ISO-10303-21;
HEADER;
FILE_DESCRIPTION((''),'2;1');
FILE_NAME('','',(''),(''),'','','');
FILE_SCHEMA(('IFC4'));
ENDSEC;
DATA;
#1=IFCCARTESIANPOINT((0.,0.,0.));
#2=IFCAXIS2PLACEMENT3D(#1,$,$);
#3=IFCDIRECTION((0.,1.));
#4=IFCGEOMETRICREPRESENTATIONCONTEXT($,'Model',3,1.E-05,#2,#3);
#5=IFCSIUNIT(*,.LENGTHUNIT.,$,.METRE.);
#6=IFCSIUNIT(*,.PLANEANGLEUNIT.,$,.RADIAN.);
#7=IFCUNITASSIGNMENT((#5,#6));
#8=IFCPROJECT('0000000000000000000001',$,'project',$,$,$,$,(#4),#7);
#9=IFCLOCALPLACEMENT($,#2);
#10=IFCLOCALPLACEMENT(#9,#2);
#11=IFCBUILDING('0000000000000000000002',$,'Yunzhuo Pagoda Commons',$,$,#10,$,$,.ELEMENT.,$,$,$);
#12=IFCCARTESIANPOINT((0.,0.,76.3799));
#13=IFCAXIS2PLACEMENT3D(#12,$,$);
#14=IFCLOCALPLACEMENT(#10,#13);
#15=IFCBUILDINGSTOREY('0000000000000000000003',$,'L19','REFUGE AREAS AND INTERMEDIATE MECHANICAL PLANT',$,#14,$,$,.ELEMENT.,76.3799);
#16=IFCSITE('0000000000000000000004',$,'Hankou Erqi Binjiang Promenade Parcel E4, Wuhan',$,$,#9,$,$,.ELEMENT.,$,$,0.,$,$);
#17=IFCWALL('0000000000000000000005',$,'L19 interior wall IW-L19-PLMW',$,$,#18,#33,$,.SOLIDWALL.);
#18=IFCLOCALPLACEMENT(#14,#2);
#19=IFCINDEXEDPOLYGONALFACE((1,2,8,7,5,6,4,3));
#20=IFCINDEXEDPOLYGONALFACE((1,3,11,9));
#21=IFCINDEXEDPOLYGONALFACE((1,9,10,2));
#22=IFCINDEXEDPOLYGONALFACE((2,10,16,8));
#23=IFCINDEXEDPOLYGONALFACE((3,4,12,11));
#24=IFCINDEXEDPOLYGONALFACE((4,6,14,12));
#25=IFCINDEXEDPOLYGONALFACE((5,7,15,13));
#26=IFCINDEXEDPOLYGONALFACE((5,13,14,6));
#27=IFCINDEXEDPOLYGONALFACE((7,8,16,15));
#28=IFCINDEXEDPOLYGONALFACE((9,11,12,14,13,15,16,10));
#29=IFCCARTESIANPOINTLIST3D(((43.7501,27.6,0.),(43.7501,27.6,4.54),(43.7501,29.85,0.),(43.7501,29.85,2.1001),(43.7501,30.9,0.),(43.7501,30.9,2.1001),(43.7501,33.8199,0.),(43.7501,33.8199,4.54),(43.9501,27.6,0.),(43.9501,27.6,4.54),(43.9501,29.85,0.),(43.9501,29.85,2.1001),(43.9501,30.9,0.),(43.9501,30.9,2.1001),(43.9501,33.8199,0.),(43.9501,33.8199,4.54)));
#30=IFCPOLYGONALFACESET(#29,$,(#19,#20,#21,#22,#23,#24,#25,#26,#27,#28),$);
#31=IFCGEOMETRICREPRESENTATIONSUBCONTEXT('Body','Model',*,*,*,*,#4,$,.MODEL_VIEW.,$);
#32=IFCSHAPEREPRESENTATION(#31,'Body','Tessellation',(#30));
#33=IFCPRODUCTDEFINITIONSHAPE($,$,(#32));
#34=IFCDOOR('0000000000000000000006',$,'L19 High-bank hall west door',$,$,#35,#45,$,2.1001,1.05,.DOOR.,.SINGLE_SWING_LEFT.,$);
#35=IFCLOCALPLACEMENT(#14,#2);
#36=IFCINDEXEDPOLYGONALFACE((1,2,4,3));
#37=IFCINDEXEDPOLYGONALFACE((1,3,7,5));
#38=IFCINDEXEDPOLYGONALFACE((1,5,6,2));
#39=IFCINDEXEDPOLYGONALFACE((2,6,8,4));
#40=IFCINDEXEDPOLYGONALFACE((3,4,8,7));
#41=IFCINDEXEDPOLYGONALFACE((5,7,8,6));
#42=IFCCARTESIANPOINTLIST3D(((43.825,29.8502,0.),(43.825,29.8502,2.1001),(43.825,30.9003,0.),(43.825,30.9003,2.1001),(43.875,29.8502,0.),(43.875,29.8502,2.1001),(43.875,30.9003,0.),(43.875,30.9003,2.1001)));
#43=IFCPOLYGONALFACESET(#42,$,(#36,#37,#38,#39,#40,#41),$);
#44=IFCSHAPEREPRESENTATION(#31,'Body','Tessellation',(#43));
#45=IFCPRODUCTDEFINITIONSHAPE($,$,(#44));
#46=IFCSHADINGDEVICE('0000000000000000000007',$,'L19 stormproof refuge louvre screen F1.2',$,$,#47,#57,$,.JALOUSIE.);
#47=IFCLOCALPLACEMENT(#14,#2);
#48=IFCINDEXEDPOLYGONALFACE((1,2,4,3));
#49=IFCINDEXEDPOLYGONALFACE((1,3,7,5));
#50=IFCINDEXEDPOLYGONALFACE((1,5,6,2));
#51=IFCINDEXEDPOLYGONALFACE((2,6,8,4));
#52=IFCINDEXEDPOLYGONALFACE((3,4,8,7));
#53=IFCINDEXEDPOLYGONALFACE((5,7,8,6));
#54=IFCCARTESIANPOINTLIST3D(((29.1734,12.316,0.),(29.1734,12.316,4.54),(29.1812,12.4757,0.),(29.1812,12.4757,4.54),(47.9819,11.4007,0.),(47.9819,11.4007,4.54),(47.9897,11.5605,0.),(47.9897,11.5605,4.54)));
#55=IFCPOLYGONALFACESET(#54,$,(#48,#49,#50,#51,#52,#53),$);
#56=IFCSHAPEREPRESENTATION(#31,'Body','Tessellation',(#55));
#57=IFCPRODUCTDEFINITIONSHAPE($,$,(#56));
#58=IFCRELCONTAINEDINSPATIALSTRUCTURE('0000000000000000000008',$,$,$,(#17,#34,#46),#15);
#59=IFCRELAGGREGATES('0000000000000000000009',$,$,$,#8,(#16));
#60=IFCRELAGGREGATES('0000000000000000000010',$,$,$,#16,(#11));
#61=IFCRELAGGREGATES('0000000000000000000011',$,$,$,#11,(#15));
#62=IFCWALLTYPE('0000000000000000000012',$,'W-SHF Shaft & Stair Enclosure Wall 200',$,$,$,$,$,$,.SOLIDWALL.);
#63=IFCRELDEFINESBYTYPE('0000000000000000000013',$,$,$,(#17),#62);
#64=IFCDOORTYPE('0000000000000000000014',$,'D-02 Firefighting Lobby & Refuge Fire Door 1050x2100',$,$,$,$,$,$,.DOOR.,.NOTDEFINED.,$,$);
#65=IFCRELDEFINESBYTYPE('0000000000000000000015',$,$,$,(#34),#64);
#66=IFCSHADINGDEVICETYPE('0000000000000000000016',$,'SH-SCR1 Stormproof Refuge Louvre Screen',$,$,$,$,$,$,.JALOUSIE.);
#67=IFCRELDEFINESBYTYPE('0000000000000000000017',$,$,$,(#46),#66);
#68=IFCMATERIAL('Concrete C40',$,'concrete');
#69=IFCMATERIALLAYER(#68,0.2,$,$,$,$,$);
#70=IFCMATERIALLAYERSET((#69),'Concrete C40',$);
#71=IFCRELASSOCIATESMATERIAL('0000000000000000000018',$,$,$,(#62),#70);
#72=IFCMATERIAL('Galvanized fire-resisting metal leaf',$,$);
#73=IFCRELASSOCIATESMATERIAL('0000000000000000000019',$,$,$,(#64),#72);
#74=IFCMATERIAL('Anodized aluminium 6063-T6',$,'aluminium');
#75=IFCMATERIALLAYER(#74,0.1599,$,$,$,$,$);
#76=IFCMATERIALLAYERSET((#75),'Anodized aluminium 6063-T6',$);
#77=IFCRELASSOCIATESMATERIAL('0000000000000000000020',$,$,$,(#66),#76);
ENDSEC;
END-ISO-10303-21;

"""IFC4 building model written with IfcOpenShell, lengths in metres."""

from ifc_helpers import new_model, si_unit, direction, frame, frame_2d, origin, origin_2d, place, context, subcontext, project, spatial, rectangle, extrude, source, transform, mapped, material, layer, layer_set, type_object, element, fill, save


model = new_model("IFC4")

# Units and contexts
model_context = context("Model", 3, precision=1e-05, world=origin(), true_north=direction((0.0, 1.0)))
body_context = subcontext(model_context, "Body", "Model", "MODEL_VIEW")
ifc_project = project(units=[si_unit("LENGTHUNIT", "METRE"), si_unit("PLANEANGLEUNIT", "RADIAN")], contexts=[model_context])

# Site, building, storey
site_placement = place(None, origin())
site = spatial("IfcSite", under=ifc_project, at=site_placement, Name="Hankou Erqi Binjiang Promenade Parcel E4, Wuhan", CompositionType="ELEMENT", RefElevation=0.0)
building_placement = place(site_placement, origin())
building = spatial("IfcBuilding", under=site, at=building_placement, Name="Yunzhuo Pagoda Commons", CompositionType="ELEMENT")
storey_placement = place(building_placement, frame((0.0, 0.0, 76.3799)))
storey = spatial("IfcBuildingStorey", under=building, at=storey_placement, Name="L19", Description="REFUGE AREAS AND INTERMEDIATE MECHANICAL PLANT", CompositionType="ELEMENT", Elevation=76.3799)

# Wall, opening, door
ifc_material_1 = material(Name="Concrete C40", Category="concrete")
ifc_layer_1 = layer(ifc_material_1, 0.2)
ifc_layer_set_1 = layer_set([ifc_layer_1], Name="Concrete C40")
wall_type_1 = type_object("IfcWallType", Name="W-SHF Shaft & Stair Enclosure Wall 200", PredefinedType="SOLIDWALL", material=ifc_layer_set_1)
wall_1_placement = place(storey_placement, frame((43.8501, 27.6001, 0.0), z_axis=(0.0, 0.0, 1.0), x_axis=(0.0, 1.0, 0.0)))
wall_1 = element("IfcWall", 1, at=wall_1_placement, inside=storey, type_object=wall_type_1, Name="L19 interior wall IW-L19-PLMW", PredefinedType="SOLIDWALL", context=body_context, shape_type="SweptSolid", body=[
    extrude(rectangle(XDim=6.22, YDim=0.2, at=frame_2d((3.1099, 0.0))), origin(), (0.0, 0.0, 1.0), 4.54),
])
opening_placement = place(wall_1_placement, frame((2.25, 0.0, 0.0)))
opening = element("IfcOpeningElement", 2, at=opening_placement, cuts=wall_1, PredefinedType="OPENING", context=body_context, shape_type="SweptSolid", body=[
    extrude(rectangle(XDim=1.05, YDim=2.1001, at=frame_2d((0.5249, 1.05))), frame((0.0, 0.1099, 0.0), z_axis=(0.0, -1.0, 0.0), x_axis=(1.0, 0.0, 0.0)), (0.0, 0.0, 1.0), 0.22),
])
ifc_material_2 = material(Name="Galvanized fire-resisting metal leaf")
door_type = type_object("IfcDoorType", Name="D-02 Firefighting Lobby & Refuge Fire Door 1050x2100", OperationType="NOTDEFINED", PredefinedType="DOOR", material=ifc_material_2)
shared_shape_1 = source(origin(), body_context, "Body", "SweptSolid", [
    extrude(rectangle(XDim=1.05, YDim=2.1001, at=frame_2d((0.5249, 1.05))), frame((0.0, 0.0249, 0.0), z_axis=(0.0, -1.0, 0.0), x_axis=(1.0, 0.0, 0.0)), (0.0, 0.0, 1.0), 0.05),
])
door_placement = place(opening_placement, frame((1.05, 0.0, 0.0), z_axis=(0.0, 0.0, 1.0), x_axis=(-1.0, 0.0, 0.0)))
door = element("IfcDoor", 3, at=door_placement, inside=storey, type_object=door_type, Name="L19 High-bank hall west door", OperationType="SINGLE_SWING_LEFT", OverallHeight=2.1001, OverallWidth=1.05, PredefinedType="DOOR", context=body_context, shape_type="MappedRepresentation", body=[
    mapped(shared_shape_1, transform((0.0, 0.0, 0.0), scale=1.0)),
])
fill(opening, door)

# Shading device
ifc_material_3 = material(Name="Anodized aluminium 6063-T6", Category="aluminium")
ifc_layer_2 = layer(ifc_material_3, 0.1599)
ifc_layer_set_2 = layer_set([ifc_layer_2], Name="Anodized aluminium 6063-T6")
shading_device_type = type_object("IfcShadingDeviceType", Name="SH-SCR1 Stormproof Refuge Louvre Screen", PredefinedType="JALOUSIE", material=ifc_layer_set_2)
shared_shape_2 = source(origin(), body_context, "Body", "SweptSolid", [
    extrude(rectangle(XDim=18.8308, YDim=0.1599, at=origin_2d()), origin(), (0.0, 0.0, 1.0), 4.54),
])
shading_device_placement = place(storey_placement, frame((38.5815, 11.9382, 0.0), z_axis=(0.0, 0.0, 1.0), x_axis=(0.998818, -0.048606, 0.0)))
element("IfcShadingDevice", 4, at=shading_device_placement, inside=storey, type_object=shading_device_type, Name="L19 stormproof refuge louvre screen F1.2", PredefinedType="JALOUSIE", context=body_context, shape_type="MappedRepresentation", body=[
    mapped(shared_shape_2, transform((0.0, 0.0, 0.0), scale=1.0)),
])

save(model, "model.ifc")
